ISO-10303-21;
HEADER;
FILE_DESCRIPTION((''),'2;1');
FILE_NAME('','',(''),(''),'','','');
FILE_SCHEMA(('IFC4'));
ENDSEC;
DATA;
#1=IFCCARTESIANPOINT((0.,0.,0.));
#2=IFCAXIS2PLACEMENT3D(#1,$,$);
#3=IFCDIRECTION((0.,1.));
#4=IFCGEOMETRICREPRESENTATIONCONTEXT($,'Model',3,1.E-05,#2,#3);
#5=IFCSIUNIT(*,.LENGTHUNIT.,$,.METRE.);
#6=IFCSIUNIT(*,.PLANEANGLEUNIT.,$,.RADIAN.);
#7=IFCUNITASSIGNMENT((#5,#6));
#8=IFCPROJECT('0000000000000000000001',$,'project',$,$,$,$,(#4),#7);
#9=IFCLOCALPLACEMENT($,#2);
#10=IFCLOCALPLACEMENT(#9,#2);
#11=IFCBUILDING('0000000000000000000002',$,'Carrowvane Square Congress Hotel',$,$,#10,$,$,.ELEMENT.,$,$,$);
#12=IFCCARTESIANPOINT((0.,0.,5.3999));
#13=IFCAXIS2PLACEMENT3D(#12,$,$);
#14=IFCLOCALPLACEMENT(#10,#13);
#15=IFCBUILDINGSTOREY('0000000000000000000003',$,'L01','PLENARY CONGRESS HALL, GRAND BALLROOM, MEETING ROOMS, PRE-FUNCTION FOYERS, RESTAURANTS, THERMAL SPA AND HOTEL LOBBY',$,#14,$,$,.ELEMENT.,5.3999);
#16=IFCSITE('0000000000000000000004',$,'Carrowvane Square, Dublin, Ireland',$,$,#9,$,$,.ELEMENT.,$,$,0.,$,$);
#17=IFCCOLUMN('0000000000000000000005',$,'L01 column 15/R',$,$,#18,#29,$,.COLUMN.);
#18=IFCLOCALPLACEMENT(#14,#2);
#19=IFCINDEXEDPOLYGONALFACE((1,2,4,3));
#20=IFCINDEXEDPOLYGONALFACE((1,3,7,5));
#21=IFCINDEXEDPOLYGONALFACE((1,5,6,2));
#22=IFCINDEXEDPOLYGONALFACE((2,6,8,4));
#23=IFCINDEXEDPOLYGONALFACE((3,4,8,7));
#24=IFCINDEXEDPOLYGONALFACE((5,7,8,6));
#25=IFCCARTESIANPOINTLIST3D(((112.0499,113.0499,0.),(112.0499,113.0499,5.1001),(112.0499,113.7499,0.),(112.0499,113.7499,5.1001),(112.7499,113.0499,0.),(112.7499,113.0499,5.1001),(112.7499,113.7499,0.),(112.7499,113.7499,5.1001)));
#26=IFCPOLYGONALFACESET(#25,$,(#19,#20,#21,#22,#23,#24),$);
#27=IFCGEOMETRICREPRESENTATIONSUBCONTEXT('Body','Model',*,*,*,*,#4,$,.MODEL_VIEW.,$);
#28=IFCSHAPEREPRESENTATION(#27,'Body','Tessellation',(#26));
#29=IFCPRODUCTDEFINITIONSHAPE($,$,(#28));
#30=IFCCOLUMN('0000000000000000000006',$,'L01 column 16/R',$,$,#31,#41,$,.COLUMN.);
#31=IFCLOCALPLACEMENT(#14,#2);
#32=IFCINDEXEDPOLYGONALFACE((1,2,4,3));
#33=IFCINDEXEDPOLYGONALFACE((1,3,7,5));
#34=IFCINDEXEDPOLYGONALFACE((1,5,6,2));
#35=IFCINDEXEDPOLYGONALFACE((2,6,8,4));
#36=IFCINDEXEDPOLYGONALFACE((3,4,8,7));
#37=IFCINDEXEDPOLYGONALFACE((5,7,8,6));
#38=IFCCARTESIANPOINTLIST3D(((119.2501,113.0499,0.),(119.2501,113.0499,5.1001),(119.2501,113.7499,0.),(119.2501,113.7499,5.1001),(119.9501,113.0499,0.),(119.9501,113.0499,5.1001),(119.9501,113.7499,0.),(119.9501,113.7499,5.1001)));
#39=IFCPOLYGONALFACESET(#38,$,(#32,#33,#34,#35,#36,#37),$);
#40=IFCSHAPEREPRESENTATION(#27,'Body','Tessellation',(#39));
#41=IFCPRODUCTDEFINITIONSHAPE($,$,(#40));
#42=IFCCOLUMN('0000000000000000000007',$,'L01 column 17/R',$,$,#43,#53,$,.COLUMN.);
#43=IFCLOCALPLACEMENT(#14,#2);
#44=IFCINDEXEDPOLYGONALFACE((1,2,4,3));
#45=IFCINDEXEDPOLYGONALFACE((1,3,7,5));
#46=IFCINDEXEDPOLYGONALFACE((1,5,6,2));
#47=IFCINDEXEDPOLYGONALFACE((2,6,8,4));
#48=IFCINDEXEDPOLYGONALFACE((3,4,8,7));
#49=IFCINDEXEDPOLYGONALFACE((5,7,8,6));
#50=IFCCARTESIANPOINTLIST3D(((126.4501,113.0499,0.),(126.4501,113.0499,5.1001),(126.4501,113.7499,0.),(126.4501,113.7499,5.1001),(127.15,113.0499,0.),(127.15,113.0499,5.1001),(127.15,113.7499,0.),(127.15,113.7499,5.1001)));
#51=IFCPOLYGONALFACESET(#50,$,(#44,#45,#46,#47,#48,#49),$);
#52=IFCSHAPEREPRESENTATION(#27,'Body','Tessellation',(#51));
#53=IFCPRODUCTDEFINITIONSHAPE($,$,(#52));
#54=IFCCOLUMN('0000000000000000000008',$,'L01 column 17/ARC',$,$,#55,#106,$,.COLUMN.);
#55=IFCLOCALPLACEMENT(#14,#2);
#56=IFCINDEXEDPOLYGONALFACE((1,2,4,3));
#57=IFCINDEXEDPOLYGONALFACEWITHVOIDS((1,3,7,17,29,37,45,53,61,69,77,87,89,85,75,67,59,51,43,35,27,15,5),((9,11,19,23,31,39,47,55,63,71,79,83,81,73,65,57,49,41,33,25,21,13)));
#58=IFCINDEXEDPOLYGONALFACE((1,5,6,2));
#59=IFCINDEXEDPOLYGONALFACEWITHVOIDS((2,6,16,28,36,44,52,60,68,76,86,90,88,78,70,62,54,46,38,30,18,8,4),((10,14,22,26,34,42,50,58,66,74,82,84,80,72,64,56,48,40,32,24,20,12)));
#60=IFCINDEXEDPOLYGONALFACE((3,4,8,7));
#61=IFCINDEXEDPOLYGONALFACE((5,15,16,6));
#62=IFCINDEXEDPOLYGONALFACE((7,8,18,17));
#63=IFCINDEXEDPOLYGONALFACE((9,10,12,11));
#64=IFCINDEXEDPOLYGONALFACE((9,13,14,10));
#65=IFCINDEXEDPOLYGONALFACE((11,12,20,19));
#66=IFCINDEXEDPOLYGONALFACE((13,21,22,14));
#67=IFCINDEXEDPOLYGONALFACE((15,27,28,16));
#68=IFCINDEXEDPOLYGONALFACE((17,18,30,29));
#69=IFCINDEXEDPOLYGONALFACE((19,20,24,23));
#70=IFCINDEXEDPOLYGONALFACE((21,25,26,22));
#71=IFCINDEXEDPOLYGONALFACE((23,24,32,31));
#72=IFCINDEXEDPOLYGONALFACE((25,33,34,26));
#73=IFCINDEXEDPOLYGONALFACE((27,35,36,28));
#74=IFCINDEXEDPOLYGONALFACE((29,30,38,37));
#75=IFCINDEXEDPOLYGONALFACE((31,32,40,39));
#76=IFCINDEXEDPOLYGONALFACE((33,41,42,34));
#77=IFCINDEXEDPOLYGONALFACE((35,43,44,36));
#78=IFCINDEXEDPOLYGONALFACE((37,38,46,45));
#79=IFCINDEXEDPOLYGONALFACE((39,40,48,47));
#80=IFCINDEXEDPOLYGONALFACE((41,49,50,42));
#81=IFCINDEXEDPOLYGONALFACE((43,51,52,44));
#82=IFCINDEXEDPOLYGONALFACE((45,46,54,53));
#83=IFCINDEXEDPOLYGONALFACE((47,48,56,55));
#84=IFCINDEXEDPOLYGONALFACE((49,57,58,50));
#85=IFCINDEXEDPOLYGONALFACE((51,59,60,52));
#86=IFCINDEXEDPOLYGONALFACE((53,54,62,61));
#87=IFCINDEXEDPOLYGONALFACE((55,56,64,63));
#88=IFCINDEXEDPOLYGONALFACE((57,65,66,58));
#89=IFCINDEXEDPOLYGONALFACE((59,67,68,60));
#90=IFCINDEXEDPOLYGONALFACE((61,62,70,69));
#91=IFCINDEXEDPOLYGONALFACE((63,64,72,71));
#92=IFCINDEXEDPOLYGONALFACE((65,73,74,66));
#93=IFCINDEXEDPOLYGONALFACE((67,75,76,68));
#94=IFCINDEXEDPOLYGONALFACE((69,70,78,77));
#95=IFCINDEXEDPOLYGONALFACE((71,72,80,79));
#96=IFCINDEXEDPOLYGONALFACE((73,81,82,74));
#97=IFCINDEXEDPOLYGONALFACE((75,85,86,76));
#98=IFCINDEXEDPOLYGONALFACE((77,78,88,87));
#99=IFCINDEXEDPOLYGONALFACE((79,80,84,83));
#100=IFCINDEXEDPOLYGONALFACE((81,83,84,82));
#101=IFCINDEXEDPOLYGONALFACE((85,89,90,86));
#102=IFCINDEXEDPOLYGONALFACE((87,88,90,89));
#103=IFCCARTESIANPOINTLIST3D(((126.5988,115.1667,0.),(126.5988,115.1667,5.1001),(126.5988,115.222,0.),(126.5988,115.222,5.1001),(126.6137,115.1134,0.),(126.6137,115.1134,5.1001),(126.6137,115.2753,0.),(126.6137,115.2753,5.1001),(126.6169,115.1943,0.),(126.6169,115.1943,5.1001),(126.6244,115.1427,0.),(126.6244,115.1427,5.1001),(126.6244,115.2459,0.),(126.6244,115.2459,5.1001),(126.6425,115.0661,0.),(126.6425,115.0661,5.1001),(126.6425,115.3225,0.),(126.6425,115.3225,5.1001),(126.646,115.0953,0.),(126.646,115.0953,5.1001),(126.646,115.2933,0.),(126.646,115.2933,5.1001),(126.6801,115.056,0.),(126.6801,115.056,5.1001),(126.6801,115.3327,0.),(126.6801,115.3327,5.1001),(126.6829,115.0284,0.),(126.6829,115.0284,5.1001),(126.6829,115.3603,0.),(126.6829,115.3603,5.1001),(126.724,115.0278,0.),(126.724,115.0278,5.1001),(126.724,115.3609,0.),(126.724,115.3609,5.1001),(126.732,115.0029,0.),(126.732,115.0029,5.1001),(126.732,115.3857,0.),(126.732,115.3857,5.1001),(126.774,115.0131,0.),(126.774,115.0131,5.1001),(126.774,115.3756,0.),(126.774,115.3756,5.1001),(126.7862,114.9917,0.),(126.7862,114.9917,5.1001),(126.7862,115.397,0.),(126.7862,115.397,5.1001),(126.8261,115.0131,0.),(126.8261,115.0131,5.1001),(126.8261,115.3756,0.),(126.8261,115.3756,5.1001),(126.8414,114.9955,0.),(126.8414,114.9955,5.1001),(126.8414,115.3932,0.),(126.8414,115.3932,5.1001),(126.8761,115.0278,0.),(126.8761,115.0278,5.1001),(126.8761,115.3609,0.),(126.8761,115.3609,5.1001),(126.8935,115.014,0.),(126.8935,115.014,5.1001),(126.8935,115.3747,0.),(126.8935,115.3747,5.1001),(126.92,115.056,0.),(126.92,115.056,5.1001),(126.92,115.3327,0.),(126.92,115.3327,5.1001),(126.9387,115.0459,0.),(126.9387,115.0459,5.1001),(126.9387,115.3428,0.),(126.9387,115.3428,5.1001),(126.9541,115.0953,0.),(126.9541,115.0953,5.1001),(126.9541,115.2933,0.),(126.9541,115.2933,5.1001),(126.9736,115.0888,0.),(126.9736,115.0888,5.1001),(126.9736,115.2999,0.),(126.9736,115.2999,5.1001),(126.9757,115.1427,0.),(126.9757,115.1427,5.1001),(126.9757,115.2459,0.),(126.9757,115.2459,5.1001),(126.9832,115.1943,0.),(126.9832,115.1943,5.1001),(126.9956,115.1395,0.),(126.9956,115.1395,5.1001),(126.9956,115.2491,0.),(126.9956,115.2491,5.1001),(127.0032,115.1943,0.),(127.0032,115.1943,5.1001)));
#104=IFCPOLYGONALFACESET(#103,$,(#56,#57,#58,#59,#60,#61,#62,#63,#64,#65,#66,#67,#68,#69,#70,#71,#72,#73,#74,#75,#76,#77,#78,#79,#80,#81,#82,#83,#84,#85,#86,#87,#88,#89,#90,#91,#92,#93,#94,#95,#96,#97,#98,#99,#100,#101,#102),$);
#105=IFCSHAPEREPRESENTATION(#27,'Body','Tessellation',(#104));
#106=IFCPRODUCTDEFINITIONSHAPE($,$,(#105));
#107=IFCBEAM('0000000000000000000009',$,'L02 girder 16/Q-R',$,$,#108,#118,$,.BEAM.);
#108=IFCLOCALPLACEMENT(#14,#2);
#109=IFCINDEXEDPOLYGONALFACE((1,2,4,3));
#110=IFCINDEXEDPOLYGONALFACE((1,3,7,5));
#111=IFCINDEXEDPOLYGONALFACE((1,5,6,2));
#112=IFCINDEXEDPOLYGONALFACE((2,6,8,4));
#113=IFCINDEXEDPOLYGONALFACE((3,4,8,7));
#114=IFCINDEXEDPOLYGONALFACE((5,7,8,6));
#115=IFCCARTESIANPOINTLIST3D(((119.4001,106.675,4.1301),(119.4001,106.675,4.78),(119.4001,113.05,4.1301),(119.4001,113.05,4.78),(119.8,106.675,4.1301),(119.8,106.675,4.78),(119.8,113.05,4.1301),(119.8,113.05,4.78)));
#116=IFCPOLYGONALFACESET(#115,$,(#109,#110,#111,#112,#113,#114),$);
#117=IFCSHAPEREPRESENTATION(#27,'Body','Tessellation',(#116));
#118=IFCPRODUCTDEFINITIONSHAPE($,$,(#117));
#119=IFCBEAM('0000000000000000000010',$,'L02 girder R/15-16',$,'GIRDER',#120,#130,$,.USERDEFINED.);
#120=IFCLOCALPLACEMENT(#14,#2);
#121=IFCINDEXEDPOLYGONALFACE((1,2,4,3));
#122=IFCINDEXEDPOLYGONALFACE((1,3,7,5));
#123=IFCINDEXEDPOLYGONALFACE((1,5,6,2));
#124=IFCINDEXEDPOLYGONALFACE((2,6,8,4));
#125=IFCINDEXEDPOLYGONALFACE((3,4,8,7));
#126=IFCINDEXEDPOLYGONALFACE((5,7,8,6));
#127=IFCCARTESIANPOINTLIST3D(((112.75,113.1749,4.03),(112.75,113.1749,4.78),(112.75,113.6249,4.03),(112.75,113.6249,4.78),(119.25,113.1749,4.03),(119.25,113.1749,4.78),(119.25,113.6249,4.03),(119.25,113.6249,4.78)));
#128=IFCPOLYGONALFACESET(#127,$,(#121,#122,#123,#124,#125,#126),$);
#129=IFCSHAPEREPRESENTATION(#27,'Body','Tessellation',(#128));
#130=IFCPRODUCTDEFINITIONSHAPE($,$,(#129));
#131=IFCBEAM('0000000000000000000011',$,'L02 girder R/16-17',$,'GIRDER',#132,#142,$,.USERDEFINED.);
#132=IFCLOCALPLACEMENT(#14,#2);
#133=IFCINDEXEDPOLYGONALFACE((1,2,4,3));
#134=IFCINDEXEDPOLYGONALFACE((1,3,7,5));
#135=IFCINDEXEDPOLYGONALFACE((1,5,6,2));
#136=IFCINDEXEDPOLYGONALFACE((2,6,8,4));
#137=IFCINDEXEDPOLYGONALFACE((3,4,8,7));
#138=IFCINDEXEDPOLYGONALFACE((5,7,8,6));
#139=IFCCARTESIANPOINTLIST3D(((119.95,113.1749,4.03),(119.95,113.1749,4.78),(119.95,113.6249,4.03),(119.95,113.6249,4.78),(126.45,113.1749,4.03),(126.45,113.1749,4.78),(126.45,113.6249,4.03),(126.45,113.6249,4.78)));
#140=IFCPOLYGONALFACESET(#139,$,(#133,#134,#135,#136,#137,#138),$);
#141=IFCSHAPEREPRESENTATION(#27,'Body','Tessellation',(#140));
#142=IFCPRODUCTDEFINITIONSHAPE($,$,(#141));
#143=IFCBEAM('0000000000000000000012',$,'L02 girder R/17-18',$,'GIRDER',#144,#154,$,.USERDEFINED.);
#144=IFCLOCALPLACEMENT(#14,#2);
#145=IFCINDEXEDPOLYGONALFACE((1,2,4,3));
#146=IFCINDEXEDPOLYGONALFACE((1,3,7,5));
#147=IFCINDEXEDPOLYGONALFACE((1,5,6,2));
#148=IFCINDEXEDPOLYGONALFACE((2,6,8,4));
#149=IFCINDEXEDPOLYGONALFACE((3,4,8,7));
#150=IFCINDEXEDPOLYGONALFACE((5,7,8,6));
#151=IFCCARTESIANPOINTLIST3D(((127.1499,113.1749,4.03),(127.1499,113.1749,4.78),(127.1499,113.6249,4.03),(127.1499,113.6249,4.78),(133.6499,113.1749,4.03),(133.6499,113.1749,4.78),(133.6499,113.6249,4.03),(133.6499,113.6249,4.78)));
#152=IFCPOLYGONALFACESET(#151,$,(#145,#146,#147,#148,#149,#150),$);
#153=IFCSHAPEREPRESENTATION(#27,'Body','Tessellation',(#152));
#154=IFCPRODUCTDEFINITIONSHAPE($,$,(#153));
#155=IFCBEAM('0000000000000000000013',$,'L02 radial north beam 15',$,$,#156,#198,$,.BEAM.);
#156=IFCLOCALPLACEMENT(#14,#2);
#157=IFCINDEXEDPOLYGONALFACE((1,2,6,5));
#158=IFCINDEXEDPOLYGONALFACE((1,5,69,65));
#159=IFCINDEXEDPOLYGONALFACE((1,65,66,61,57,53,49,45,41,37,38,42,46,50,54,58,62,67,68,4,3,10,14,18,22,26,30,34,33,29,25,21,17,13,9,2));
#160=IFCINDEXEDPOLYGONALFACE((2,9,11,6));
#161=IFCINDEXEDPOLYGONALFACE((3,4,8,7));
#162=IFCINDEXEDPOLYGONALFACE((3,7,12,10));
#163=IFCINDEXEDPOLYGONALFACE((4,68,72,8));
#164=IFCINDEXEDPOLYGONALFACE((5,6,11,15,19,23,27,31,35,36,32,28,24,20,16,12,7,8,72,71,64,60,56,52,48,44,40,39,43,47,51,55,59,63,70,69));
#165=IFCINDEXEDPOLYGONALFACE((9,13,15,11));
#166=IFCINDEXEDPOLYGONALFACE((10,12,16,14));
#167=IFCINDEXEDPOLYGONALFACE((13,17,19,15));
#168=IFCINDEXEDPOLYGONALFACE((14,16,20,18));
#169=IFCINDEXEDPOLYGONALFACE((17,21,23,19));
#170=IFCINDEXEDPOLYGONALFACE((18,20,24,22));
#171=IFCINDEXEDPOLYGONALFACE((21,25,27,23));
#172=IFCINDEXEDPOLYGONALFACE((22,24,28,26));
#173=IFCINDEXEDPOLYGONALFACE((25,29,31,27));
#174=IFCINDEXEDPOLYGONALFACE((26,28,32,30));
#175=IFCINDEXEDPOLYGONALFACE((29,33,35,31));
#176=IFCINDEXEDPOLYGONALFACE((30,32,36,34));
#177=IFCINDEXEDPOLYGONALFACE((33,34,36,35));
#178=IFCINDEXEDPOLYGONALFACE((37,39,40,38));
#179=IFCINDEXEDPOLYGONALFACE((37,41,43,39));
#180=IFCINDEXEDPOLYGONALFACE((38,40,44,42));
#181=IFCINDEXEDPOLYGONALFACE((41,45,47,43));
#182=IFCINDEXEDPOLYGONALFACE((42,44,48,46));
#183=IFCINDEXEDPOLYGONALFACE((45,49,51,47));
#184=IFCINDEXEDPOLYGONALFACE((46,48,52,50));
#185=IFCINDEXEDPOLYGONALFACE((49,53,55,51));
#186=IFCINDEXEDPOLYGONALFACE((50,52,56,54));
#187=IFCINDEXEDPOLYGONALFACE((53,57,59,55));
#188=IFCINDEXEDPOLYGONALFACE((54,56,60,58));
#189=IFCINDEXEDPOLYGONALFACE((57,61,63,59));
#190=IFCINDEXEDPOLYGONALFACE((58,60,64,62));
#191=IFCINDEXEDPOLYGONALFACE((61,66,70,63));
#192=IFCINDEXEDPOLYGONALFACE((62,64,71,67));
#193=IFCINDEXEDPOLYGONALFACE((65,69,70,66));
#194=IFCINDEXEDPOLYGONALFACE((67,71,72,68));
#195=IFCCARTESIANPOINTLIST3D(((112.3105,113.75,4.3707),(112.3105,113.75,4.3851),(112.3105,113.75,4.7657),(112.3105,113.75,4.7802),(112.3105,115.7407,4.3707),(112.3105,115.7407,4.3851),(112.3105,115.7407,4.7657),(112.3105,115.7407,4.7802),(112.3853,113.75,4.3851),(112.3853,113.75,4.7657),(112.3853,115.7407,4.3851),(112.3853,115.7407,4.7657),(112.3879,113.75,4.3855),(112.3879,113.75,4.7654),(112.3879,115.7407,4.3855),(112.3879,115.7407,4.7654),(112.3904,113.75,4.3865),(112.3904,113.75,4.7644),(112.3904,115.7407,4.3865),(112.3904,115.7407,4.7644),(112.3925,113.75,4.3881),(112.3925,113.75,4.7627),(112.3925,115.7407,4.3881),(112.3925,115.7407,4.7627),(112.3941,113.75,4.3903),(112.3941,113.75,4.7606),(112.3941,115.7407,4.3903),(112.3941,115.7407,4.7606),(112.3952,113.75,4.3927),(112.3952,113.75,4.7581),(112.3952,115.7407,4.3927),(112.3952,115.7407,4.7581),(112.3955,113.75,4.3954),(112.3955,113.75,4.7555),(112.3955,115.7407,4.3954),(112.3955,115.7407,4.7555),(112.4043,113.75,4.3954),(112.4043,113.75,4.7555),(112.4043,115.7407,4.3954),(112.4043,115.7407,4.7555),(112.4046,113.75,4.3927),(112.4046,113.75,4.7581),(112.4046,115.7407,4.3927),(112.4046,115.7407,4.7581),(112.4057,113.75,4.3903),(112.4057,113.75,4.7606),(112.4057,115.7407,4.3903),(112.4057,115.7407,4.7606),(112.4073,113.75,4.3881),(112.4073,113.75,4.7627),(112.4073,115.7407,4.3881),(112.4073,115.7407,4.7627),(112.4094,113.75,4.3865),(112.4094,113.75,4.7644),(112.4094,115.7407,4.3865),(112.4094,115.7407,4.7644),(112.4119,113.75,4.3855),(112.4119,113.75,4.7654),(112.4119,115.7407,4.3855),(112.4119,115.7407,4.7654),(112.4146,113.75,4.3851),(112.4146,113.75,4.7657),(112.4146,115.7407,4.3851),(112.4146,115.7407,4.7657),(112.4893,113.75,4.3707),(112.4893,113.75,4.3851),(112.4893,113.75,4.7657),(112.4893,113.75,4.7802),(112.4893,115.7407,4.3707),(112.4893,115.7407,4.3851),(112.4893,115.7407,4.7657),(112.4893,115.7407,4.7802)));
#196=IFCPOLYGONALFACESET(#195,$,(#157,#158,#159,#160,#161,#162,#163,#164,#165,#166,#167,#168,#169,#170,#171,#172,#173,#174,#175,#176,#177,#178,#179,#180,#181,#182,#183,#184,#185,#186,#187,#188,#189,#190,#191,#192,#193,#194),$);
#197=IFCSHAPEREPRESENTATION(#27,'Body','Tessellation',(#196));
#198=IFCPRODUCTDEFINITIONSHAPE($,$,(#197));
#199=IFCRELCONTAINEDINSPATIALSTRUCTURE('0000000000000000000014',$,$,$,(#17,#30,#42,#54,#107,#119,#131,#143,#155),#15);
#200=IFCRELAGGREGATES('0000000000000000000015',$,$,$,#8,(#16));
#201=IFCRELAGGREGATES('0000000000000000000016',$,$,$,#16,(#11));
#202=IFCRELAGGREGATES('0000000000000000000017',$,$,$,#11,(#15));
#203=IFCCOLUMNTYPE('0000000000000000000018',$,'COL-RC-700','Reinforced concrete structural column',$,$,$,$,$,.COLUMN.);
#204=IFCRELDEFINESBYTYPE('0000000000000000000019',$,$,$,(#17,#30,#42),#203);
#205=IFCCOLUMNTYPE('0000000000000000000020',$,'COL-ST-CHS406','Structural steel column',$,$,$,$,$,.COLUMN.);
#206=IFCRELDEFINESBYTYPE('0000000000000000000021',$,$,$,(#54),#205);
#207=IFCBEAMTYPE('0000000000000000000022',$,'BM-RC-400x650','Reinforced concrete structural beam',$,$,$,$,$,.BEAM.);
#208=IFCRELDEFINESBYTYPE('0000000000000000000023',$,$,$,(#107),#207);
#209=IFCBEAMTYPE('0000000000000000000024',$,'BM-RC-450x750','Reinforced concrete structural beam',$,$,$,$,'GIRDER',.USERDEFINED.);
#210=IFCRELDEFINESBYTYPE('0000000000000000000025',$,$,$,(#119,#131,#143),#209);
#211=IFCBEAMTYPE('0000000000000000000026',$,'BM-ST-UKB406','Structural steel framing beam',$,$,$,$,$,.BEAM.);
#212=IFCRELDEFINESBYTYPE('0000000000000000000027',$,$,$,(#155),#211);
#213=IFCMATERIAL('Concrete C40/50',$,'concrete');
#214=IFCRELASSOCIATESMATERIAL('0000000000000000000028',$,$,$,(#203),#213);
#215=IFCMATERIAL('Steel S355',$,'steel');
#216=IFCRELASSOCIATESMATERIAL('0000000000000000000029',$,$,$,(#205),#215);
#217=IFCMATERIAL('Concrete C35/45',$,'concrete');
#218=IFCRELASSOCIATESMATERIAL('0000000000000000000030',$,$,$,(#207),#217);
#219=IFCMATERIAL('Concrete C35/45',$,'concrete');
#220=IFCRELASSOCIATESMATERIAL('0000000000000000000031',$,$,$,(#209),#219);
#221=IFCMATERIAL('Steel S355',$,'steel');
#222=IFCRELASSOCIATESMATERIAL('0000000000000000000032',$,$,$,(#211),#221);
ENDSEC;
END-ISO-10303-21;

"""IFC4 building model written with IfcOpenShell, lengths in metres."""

from ifc_helpers import new_model, si_unit, direction, frame, origin, origin_2d, place, context, subcontext, project, spatial, rectangle, hollow_circle, i_section, extrude, material, material_profile, profile_set, type_object, element, save


model = new_model("IFC4")

# Units and contexts
model_context = context("Model", 3, precision=1e-05, world=origin(), true_north=direction((0.0, 1.0)))
body_context = subcontext(model_context, "Body", "Model", "MODEL_VIEW")
ifc_project = project(units=[si_unit("LENGTHUNIT", "METRE"), si_unit("PLANEANGLEUNIT", "RADIAN")], contexts=[model_context])

# Site, building, storey
site_placement = place(None, origin())
site = spatial("IfcSite", under=ifc_project, at=site_placement, Name="Carrowvane Square, Dublin, Ireland", CompositionType="ELEMENT", RefElevation=0.0)
building_placement = place(site_placement, origin())
building = spatial("IfcBuilding", under=site, at=building_placement, Name="Carrowvane Square Congress Hotel", CompositionType="ELEMENT")
storey_placement = place(building_placement, frame((0.0, 0.0, 5.3999)))
storey = spatial("IfcBuildingStorey", under=building, at=storey_placement, Name="L01", Description="PLENARY CONGRESS HALL, GRAND BALLROOM, MEETING ROOMS, PRE-FUNCTION FOYERS, RESTAURANTS, THERMAL SPA AND HOTEL LOBBY", CompositionType="ELEMENT", Elevation=5.3999)

# Columns
ifc_material_1 = material(Name="Concrete C40/50", Category="concrete")
ifc_material_profile_1 = material_profile(ifc_material_1, rectangle(XDim=0.7, YDim=0.7, at=origin_2d()), Name="RC 700x700")
ifc_profile_set_1 = profile_set([ifc_material_profile_1], Name="Concrete C40/50")
column_type_1 = type_object("IfcColumnType", Name="COL-RC-700", Description="Reinforced concrete structural column", PredefinedType="COLUMN", material=ifc_profile_set_1)
for number, where, z_axis, x_axis, name in (
    (1, (112.3999, 113.3999, 0.0), (0.0, 0.0, 1.0), (1.0, 0.0, 0.0), "L01 column 15/R"),
    (2, (119.6001, 113.3999, 0.0), (0.0, 0.0, 1.0), (1.0, 0.0, 0.0), "L01 column 16/R"),
    (3, (126.8, 113.3999, 0.0), (0.0, 0.0, 1.0), (1.0, 0.0, 0.0), "L01 column 17/R"),
):
    element("IfcColumn", number, at=place(storey_placement, frame(where, z_axis=z_axis, x_axis=x_axis)), inside=storey, type_object=column_type_1, Name=name, PredefinedType="COLUMN", context=body_context, shape_type="SweptSolid", body=[
        extrude(rectangle(XDim=0.7, YDim=0.7, at=origin_2d()), origin(), (0.0, 0.0, 1.0), 5.1001),
    ])
ifc_material_2 = material(Name="Steel S355", Category="steel")
ifc_material_profile_2 = material_profile(ifc_material_2, hollow_circle(Radius=0.2031, WallThickness=0.02, at=origin_2d()), Name="CHS 406.4x20")
ifc_profile_set_2 = profile_set([ifc_material_profile_2], Name="Steel S355")
column_type_2 = type_object("IfcColumnType", Name="COL-ST-CHS406", Description="Structural steel column", PredefinedType="COLUMN", material=ifc_profile_set_2)
column_placement = place(storey_placement, frame((126.8, 115.1943, 0.0), z_axis=(0.0, 0.0, 1.0), x_axis=(1.0, 0.0, 0.0)))
element("IfcColumn", 4, at=column_placement, inside=storey, type_object=column_type_2, Name="L01 column 17/ARC", PredefinedType="COLUMN", context=body_context, shape_type="SweptSolid", body=[
    extrude(hollow_circle(Radius=0.2031, WallThickness=0.02, at=origin_2d()), origin(), (0.0, 0.0, 1.0), 5.1001),
])

# Beams
ifc_material_3 = material(Name="Concrete C35/45", Category="concrete")
ifc_material_profile_3 = material_profile(ifc_material_3, rectangle(XDim=0.3999, YDim=0.6499, at=origin_2d()), Name="RC 400x650")
ifc_profile_set_3 = profile_set([ifc_material_profile_3], Name="Concrete C35/45")
beam_type_1 = type_object("IfcBeamType", Name="BM-RC-400x650", Description="Reinforced concrete structural beam", PredefinedType="BEAM", material=ifc_profile_set_3)
beam_1_placement = place(storey_placement, frame((119.6001, 106.675, 4.4551), z_axis=(0.0, 1.0, 0.0), x_axis=(-1.0, 0.0, 0.0)))
element("IfcBeam", 5, at=beam_1_placement, inside=storey, type_object=beam_type_1, Name="L02 girder 16/Q-R", PredefinedType="BEAM", context=body_context, shape_type="SweptSolid", body=[
    extrude(rectangle(XDim=0.3999, YDim=0.6499, at=origin_2d()), origin(), (0.0, 0.0, 1.0), 6.375),
])
ifc_material_4 = material(Name="Concrete C35/45", Category="concrete")
ifc_material_profile_4 = material_profile(ifc_material_4, rectangle(XDim=0.45, YDim=0.75, at=origin_2d()), Name="RC 450x750")
ifc_profile_set_4 = profile_set([ifc_material_profile_4], Name="Concrete C35/45")
beam_type_2 = type_object("IfcBeamType", Name="BM-RC-450x750", Description="Reinforced concrete structural beam", ElementType="GIRDER", PredefinedType="USERDEFINED", material=ifc_profile_set_4)
for number, where, z_axis, x_axis, name in (
    (6, (112.75, 113.3999, 4.405), (1.0, 0.0, 0.0), (0.0, 1.0, 0.0), "L02 girder R/15-16"),
    (7, (119.95, 113.3999, 4.405), (1.0, 0.0, 0.0), (0.0, 1.0, 0.0), "L02 girder R/16-17"),
    (8, (127.1499, 113.3999, 4.405), (1.0, 0.0, 0.0), (0.0, 1.0, 0.0), "L02 girder R/17-18"),
):
    element("IfcBeam", number, at=place(storey_placement, frame(where, z_axis=z_axis, x_axis=x_axis)), inside=storey, type_object=beam_type_2, Name=name, ObjectType="GIRDER", PredefinedType="USERDEFINED", context=body_context, shape_type="SweptSolid", body=[
        extrude(rectangle(XDim=0.45, YDim=0.75, at=origin_2d()), origin(), (0.0, 0.0, 1.0), 6.5),
    ])
ifc_material_5 = material(Name="Steel S355", Category="steel")
ifc_material_profile_5 = material_profile(ifc_material_5, i_section(OverallWidth=0.1787, OverallDepth=0.4094, WebThickness=0.0088, FlangeThickness=0.0144, FilletRadius=0.0103, at=origin_2d()), Name="UKB 406x178x67")
ifc_profile_set_5 = profile_set([ifc_material_profile_5], Name="Steel S355")
beam_type_3 = type_object("IfcBeamType", Name="BM-ST-UKB406", Description="Structural steel framing beam", PredefinedType="BEAM", material=ifc_profile_set_5)
beam_2_placement = place(storey_placement, frame((112.3999, 113.75, 4.5754), z_axis=(0.0, 1.0, 0.0), x_axis=(-1.0, 0.0, 0.0)))
element("IfcBeam", 9, at=beam_2_placement, inside=storey, type_object=beam_type_3, Name="L02 radial north beam 15", PredefinedType="BEAM", context=body_context, shape_type="SweptSolid", body=[
    extrude(i_section(OverallWidth=0.1787, OverallDepth=0.4094, WebThickness=0.0088, FlangeThickness=0.0144, FilletRadius=0.0103, at=origin_2d()), origin(), (0.0, 0.0, 1.0), 1.9907),
])

save(model, "model.ifc")
